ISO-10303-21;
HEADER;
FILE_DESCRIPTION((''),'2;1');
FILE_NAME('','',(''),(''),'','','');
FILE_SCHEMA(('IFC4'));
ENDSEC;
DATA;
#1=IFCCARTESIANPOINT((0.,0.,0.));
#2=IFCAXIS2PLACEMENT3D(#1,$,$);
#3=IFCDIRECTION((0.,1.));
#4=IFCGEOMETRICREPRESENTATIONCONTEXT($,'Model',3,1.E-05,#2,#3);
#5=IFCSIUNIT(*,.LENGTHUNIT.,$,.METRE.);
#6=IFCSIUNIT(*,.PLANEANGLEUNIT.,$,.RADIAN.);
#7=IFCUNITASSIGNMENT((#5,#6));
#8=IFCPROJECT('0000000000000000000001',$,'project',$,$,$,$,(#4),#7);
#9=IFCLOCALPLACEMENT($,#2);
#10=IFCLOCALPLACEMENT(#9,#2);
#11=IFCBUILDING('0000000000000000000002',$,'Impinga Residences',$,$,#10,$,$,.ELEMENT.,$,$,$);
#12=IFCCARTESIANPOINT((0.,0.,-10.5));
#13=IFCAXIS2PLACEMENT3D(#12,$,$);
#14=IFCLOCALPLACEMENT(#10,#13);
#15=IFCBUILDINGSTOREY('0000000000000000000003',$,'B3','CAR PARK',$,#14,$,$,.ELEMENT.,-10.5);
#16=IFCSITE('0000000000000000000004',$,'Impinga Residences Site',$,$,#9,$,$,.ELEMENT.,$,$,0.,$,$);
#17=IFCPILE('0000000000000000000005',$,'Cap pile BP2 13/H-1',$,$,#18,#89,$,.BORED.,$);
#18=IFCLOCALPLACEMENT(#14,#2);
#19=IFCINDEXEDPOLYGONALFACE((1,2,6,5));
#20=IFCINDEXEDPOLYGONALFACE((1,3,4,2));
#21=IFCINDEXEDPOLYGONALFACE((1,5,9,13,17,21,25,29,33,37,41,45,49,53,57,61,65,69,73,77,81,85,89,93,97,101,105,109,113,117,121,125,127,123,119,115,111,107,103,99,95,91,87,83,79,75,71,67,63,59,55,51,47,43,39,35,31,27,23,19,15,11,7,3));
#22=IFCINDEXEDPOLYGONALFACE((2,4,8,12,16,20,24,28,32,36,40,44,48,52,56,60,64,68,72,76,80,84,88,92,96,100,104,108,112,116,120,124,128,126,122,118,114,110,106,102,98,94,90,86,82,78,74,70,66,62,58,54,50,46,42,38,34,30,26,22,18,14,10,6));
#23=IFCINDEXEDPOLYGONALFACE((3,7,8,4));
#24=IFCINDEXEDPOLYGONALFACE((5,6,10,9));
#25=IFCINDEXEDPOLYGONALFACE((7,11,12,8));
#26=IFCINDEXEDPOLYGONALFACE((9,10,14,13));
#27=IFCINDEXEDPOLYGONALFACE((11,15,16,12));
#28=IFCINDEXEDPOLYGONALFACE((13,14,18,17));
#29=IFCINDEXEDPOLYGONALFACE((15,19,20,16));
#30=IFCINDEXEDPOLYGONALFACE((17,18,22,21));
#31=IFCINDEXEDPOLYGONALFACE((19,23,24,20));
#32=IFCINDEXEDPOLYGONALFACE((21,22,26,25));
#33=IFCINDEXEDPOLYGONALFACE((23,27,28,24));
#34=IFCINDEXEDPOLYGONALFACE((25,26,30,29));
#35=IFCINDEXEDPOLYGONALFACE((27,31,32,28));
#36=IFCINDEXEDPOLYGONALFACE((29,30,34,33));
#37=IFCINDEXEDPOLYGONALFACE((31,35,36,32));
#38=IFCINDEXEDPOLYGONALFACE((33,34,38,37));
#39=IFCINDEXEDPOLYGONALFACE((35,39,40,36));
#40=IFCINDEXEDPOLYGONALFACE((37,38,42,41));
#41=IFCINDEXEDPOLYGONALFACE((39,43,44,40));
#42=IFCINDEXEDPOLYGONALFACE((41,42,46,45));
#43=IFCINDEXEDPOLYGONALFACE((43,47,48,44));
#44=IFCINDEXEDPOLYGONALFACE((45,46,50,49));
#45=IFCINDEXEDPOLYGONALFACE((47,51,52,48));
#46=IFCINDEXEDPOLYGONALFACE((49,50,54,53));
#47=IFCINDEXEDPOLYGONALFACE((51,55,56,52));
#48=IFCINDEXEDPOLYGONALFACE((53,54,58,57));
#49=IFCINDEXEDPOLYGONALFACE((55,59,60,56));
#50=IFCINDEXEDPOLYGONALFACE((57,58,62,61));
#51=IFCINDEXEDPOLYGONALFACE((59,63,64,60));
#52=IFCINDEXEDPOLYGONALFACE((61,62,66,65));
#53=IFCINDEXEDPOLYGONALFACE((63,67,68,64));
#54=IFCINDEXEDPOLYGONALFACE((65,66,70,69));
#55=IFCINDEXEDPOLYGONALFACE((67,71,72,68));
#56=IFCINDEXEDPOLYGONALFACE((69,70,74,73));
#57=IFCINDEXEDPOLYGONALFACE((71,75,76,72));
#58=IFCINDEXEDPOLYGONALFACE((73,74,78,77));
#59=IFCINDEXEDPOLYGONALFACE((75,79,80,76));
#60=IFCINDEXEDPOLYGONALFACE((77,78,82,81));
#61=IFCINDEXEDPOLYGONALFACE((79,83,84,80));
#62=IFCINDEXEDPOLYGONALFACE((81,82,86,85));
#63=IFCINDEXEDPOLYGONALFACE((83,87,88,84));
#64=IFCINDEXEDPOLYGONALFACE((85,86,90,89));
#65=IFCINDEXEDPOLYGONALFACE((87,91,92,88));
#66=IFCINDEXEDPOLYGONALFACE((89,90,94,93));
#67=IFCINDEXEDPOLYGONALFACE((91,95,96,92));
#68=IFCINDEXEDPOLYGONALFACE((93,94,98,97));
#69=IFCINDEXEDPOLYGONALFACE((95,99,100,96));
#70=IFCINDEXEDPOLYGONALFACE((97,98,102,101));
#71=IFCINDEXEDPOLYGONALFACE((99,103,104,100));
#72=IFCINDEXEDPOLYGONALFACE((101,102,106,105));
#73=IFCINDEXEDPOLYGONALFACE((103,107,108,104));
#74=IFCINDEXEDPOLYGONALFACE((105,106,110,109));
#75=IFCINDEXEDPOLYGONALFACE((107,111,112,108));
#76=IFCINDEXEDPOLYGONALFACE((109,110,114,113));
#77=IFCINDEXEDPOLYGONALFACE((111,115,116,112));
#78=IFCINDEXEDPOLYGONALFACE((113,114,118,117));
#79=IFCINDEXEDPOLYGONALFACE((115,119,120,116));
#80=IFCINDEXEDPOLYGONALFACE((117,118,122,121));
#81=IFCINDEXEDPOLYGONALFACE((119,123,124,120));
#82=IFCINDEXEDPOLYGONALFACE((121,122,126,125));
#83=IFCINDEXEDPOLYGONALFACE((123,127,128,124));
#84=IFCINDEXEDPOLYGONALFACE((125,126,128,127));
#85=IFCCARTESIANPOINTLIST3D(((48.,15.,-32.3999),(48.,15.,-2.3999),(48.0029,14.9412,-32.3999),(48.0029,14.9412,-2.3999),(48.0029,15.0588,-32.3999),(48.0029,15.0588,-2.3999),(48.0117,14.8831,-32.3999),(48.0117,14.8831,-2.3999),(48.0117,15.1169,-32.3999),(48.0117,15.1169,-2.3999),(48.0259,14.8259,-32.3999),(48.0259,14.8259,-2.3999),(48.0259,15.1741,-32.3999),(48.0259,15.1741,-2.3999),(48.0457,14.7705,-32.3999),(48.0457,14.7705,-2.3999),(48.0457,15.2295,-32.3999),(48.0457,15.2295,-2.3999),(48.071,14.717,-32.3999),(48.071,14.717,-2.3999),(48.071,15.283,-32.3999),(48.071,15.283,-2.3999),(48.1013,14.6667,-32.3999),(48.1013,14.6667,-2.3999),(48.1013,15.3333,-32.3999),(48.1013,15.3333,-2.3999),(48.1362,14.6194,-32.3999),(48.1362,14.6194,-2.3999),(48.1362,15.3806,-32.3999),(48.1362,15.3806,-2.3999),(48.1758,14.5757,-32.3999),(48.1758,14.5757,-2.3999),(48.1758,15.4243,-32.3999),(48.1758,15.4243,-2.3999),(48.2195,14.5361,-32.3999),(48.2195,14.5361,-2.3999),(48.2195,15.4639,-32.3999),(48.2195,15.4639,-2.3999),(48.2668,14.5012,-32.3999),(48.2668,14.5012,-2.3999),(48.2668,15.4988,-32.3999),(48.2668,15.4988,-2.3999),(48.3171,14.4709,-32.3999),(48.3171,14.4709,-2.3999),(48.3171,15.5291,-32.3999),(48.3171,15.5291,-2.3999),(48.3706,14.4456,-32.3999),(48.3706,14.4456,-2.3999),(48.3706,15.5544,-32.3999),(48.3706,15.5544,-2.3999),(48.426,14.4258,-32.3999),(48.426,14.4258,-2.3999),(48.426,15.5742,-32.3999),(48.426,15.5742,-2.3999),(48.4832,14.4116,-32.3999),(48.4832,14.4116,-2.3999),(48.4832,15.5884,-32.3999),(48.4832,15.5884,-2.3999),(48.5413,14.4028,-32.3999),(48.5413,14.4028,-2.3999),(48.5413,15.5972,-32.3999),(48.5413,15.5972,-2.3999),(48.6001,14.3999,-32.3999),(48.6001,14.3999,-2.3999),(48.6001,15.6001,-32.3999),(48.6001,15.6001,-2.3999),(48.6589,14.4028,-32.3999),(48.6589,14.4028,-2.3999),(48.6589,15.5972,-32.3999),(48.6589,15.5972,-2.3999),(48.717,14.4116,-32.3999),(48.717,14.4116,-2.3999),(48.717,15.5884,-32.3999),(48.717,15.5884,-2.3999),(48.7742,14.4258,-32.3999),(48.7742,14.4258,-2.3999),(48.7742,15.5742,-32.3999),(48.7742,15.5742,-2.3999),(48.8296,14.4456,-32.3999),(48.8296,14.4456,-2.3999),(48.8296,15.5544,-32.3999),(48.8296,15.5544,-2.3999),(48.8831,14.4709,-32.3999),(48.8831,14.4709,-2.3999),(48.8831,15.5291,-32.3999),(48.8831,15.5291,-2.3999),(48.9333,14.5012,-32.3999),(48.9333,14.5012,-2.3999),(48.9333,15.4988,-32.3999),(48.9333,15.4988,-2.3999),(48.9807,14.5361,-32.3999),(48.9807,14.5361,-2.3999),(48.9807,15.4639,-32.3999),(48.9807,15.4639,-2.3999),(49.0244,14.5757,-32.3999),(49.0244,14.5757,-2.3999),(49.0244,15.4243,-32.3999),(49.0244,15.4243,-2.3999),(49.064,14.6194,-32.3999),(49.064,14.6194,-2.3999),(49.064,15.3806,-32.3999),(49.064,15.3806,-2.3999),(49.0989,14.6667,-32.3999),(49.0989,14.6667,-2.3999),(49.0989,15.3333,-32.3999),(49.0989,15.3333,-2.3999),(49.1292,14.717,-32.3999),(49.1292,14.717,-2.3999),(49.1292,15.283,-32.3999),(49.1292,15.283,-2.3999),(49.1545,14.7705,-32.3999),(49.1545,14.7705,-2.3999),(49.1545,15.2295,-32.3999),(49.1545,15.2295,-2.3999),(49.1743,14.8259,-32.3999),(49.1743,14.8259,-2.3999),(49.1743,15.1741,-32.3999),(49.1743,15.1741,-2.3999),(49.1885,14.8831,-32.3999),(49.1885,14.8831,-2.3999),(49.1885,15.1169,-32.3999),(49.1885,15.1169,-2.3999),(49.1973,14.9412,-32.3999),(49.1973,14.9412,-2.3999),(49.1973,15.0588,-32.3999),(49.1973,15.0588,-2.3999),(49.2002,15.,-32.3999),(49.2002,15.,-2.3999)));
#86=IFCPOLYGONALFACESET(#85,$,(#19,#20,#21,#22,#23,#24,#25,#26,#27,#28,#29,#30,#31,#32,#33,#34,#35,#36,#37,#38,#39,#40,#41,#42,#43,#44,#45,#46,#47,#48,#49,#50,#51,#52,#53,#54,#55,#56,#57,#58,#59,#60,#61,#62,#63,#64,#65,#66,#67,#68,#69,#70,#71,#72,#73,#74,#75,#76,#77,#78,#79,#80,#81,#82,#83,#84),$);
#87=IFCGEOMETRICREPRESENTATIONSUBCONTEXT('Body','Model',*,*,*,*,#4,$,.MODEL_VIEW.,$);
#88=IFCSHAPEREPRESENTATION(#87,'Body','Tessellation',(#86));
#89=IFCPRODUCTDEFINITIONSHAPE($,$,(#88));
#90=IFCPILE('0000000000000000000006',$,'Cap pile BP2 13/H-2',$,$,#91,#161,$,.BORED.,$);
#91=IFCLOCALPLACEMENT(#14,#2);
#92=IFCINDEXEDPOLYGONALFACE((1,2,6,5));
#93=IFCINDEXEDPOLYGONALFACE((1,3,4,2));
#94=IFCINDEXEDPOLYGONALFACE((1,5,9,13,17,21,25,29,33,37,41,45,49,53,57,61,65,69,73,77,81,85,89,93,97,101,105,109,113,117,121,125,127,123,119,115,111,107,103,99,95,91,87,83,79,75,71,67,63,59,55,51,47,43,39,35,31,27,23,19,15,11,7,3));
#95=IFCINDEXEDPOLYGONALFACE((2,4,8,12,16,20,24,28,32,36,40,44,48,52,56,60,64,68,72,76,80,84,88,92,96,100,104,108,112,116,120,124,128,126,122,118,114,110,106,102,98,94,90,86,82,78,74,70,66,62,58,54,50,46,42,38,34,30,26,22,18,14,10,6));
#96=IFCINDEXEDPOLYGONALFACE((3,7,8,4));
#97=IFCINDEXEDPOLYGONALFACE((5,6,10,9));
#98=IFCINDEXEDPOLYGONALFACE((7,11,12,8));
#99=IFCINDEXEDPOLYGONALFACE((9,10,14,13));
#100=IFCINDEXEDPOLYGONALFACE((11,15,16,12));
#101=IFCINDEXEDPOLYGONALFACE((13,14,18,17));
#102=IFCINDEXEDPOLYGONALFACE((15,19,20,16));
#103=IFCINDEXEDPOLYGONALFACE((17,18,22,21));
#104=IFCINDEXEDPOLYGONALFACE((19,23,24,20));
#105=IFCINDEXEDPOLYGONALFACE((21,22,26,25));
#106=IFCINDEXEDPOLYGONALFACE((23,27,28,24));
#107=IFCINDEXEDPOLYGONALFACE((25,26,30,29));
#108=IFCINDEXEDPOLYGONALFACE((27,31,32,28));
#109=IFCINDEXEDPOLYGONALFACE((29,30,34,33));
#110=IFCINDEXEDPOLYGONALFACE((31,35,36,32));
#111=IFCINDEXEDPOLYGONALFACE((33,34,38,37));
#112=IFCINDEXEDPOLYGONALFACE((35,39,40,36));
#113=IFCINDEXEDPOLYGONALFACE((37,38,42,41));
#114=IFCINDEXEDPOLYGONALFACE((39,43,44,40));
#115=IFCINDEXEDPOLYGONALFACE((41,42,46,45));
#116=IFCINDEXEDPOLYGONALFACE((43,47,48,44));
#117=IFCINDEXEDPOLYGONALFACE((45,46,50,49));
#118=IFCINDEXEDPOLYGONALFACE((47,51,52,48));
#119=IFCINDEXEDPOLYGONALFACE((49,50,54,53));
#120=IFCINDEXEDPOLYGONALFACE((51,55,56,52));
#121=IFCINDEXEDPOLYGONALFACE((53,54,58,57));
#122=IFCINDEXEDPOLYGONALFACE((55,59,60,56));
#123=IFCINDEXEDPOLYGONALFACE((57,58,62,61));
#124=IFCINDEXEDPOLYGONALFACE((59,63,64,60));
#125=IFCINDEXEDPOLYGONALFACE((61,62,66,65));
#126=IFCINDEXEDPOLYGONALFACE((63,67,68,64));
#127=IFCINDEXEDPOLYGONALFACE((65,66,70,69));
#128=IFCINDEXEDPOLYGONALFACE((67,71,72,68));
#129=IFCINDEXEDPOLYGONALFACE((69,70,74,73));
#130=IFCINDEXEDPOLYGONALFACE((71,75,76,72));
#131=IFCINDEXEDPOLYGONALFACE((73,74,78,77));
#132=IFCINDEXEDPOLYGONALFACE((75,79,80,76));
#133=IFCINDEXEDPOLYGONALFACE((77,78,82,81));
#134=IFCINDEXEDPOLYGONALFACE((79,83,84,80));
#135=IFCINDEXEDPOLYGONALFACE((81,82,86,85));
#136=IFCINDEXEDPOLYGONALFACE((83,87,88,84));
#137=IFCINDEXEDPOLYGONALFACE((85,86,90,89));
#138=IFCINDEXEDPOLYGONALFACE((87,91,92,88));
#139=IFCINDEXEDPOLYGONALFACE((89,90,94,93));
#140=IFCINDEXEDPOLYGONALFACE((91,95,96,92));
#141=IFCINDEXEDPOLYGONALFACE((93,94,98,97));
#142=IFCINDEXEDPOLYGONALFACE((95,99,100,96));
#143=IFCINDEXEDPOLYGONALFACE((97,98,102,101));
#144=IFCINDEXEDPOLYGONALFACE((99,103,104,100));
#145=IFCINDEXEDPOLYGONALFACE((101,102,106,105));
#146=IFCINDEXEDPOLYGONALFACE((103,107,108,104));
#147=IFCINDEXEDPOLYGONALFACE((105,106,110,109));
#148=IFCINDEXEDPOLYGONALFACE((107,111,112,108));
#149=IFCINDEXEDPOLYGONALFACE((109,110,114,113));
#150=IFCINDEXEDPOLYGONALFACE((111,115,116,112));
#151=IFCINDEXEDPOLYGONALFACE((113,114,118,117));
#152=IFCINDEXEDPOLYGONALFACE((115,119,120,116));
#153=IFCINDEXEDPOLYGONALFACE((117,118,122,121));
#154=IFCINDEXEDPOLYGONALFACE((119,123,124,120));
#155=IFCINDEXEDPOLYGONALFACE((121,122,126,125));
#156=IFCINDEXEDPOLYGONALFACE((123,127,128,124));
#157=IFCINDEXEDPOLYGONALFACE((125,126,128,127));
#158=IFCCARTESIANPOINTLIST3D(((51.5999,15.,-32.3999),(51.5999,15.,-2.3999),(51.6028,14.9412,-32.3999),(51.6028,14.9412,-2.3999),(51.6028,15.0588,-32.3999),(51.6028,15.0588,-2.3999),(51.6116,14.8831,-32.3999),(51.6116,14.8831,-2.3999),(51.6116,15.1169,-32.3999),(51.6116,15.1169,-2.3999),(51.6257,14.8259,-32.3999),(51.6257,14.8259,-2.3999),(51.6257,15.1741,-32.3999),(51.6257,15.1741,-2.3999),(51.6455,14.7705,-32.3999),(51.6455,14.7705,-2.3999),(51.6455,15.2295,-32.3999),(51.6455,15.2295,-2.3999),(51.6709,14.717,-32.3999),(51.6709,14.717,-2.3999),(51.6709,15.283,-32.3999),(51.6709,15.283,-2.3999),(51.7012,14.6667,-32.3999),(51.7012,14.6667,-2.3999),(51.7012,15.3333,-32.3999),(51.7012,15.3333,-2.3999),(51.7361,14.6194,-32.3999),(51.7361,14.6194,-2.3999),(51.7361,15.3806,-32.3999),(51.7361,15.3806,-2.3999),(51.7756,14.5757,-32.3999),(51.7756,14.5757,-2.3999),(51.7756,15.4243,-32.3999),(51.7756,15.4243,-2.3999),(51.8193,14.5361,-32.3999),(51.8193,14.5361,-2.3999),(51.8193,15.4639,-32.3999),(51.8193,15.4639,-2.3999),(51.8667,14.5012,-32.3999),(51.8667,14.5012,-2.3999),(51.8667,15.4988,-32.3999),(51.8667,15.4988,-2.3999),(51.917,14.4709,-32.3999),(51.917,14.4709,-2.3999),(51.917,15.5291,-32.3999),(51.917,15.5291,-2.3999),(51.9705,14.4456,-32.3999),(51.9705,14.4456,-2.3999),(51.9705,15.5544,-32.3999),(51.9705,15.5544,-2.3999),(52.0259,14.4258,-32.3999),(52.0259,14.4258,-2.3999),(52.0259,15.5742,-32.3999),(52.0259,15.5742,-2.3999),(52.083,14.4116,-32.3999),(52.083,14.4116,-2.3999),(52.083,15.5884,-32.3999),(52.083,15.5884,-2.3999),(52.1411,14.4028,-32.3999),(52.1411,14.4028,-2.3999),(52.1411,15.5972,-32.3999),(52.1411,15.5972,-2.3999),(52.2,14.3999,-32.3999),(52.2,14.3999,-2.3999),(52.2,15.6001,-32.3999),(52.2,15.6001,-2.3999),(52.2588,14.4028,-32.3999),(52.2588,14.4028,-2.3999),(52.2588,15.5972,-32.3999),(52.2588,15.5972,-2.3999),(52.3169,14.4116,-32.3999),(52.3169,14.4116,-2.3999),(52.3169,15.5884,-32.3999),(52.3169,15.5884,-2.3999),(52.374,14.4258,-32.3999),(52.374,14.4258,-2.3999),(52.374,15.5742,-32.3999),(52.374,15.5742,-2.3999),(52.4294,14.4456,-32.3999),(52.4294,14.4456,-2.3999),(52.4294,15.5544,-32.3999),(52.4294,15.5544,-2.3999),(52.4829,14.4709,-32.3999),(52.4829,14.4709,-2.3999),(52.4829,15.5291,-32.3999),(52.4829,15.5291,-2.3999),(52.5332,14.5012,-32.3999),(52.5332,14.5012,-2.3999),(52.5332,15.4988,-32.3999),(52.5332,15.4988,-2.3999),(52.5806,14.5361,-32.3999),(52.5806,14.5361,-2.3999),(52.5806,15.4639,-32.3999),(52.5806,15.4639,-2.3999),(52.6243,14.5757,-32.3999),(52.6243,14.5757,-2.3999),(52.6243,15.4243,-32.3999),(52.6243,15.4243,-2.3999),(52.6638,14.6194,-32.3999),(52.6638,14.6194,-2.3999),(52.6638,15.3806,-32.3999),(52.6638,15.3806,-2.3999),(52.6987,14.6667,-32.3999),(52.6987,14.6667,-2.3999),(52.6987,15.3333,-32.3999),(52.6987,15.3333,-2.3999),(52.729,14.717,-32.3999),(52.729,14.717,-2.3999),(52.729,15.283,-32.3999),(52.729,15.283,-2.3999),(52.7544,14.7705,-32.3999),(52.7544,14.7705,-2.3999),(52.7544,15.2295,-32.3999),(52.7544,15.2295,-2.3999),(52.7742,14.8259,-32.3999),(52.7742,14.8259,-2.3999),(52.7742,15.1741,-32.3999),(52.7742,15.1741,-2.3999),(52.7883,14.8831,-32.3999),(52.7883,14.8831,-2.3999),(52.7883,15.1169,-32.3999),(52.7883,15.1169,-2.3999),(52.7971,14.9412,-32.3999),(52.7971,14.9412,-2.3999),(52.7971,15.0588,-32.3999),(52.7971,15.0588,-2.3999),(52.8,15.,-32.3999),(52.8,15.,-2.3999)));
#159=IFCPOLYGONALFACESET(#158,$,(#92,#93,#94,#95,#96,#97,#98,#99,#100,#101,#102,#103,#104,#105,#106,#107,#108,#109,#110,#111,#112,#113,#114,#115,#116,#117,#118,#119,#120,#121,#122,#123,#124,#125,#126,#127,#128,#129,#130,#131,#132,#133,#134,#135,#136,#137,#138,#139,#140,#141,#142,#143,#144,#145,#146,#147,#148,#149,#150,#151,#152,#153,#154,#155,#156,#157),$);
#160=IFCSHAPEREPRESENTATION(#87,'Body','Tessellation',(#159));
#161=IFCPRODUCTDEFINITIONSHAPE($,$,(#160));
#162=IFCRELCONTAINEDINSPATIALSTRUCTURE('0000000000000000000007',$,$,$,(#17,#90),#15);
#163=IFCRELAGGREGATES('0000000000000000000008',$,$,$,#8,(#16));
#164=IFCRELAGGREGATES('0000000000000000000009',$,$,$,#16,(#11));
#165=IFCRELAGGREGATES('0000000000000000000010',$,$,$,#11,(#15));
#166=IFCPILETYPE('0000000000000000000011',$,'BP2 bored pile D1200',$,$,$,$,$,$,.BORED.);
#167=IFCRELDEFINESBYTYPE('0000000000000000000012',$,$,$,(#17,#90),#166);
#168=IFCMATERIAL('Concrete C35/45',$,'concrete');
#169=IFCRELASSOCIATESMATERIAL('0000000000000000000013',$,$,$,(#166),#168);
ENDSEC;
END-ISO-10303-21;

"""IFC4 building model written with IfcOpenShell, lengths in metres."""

from ifc_helpers import new_model, si_unit, direction, frame, origin, origin_2d, place, context, subcontext, project, spatial, polyline, circle, outline, extrude, material, material_profile, profile_set, type_object, element, save


model = new_model("IFC4")

# Units and contexts
model_context = context("Model", 3, precision=1e-05, world=origin(), true_north=direction((0.0, 1.0)))
body_context = subcontext(model_context, "Body", "Model", "MODEL_VIEW")
ifc_project = project(units=[si_unit("LENGTHUNIT", "METRE"), si_unit("PLANEANGLEUNIT", "RADIAN")], contexts=[model_context])

# Site, building, storey
site_placement = place(None, origin())
site = spatial("IfcSite", under=ifc_project, at=site_placement, Name="Impinga Residences Site", CompositionType="ELEMENT", RefElevation=0.0)
building_placement = place(site_placement, origin())
building = spatial("IfcBuilding", under=site, at=building_placement, Name="Impinga Residences", CompositionType="ELEMENT")
storey_placement = place(building_placement, frame((0.0, 0.0, -10.5)))
storey = spatial("IfcBuildingStorey", under=building, at=storey_placement, Name="B3", Description="CAR PARK", CompositionType="ELEMENT", Elevation=-10.5)

# Piles
ifc_material_1 = material(Name="Concrete C35/45", Category="concrete")
ifc_material_profile_1 = material_profile(ifc_material_1, circle(Radius=0.6001, at=origin_2d()), Name="D1200")
ifc_profile_set_1 = profile_set([ifc_material_profile_1], Name="Concrete C35/45")
pile_type = type_object("IfcPileType", Name="BP2 bored pile D1200", PredefinedType="BORED", material=ifc_profile_set_1)
pile_1_placement = place(storey_placement, frame((48.6001, 15.0, -2.3999), z_axis=(0.0, 0.0, -1.0), x_axis=(1.0, 0.0, 0.0)))
element("IfcPile", 1, at=pile_1_placement, inside=storey, type_object=pile_type, Name="Cap pile BP2 13/H-1", PredefinedType="BORED", context=body_context, shape_type="SweptSolid", body=[
    extrude(outline(polyline([(0.6001, 0.0), (0.5972, 0.0588), (0.5884, 0.1169), (0.5742, 0.1741), (0.5544, 0.2295), (0.5291, 0.283), (0.4988, 0.3333), (0.4639, 0.3806), (0.4243, 0.4243), (0.3806, 0.4639), (0.3333, 0.4988), (0.283, 0.5291), (0.2295, 0.5544), (0.1741, 0.5742), (0.1169, 0.5884), (0.0588, 0.5972), (0.0, 0.6001), (-0.0588, 0.5972), (-0.1169, 0.5884), (-0.1741, 0.5742), (-0.2295, 0.5544), (-0.283, 0.5291), (-0.3333, 0.4988), (-0.3806, 0.4639), (-0.4243, 0.4243), (-0.4639, 0.3806), (-0.4988, 0.3333), (-0.5291, 0.283), (-0.5544, 0.2295), (-0.5742, 0.1741), (-0.5884, 0.1169), (-0.5972, 0.0588), (-0.6001, 0.0), (-0.5972, -0.0588), (-0.5884, -0.1169), (-0.5742, -0.1741), (-0.5544, -0.2295), (-0.5291, -0.283), (-0.4988, -0.3333), (-0.4639, -0.3806), (-0.4243, -0.4243), (-0.3806, -0.4639), (-0.3333, -0.4988), (-0.283, -0.5291), (-0.2295, -0.5544), (-0.1741, -0.5742), (-0.1169, -0.5884), (-0.0588, -0.5972), (0.0, -0.6001), (0.0588, -0.5972), (0.1169, -0.5884), (0.1741, -0.5742), (0.2295, -0.5544), (0.283, -0.5291), (0.3333, -0.4988), (0.3806, -0.4639), (0.4243, -0.4243), (0.4639, -0.3806), (0.4988, -0.3333), (0.5291, -0.283), (0.5544, -0.2295), (0.5742, -0.1741), (0.5884, -0.1169), (0.5972, -0.0588), (0.6001, 0.0)])), origin(), (0.0, 0.0, 1.0), 30.0),
])
pile_2_placement = place(storey_placement, frame((52.2, 15.0, -2.3999), z_axis=(0.0, 0.0, -1.0), x_axis=(1.0, 0.0, 0.0)))
element("IfcPile", 2, at=pile_2_placement, inside=storey, type_object=pile_type, Name="Cap pile BP2 13/H-2", PredefinedType="BORED", context=body_context, shape_type="SweptSolid", body=[
    extrude(outline(polyline([(0.6001, 0.0), (0.5972, 0.0588), (0.5884, 0.1169), (0.5742, 0.1741), (0.5544, 0.2295), (0.5291, 0.283), (0.4988, 0.3333), (0.4639, 0.3806), (0.4243, 0.4243), (0.3806, 0.4639), (0.3333, 0.4988), (0.283, 0.5291), (0.2295, 0.5544), (0.1741, 0.5742), (0.1169, 0.5884), (0.0588, 0.5972), (0.0, 0.6001), (-0.0588, 0.5972), (-0.1169, 0.5884), (-0.1741, 0.5742), (-0.2295, 0.5544), (-0.283, 0.5291), (-0.3333, 0.4988), (-0.3806, 0.4639), (-0.4243, 0.4243), (-0.4639, 0.3806), (-0.4988, 0.3333), (-0.5291, 0.283), (-0.5544, 0.2295), (-0.5742, 0.1741), (-0.5884, 0.1169), (-0.5972, 0.0588), (-0.6001, 0.0), (-0.5972, -0.0588), (-0.5884, -0.1169), (-0.5742, -0.1741), (-0.5544, -0.2295), (-0.5291, -0.283), (-0.4988, -0.3333), (-0.4639, -0.3806), (-0.4243, -0.4243), (-0.3806, -0.4639), (-0.3333, -0.4988), (-0.283, -0.5291), (-0.2295, -0.5544), (-0.1741, -0.5742), (-0.1169, -0.5884), (-0.0588, -0.5972), (0.0, -0.6001), (0.0588, -0.5972), (0.1169, -0.5884), (0.1741, -0.5742), (0.2295, -0.5544), (0.283, -0.5291), (0.3333, -0.4988), (0.3806, -0.4639), (0.4243, -0.4243), (0.4639, -0.3806), (0.4988, -0.3333), (0.5291, -0.283), (0.5544, -0.2295), (0.5742, -0.1741), (0.5884, -0.1169), (0.5972, -0.0588), (0.6001, 0.0)])), origin(), (0.0, 0.0, 1.0), 30.0),
])

save(model, "model.ifc")
